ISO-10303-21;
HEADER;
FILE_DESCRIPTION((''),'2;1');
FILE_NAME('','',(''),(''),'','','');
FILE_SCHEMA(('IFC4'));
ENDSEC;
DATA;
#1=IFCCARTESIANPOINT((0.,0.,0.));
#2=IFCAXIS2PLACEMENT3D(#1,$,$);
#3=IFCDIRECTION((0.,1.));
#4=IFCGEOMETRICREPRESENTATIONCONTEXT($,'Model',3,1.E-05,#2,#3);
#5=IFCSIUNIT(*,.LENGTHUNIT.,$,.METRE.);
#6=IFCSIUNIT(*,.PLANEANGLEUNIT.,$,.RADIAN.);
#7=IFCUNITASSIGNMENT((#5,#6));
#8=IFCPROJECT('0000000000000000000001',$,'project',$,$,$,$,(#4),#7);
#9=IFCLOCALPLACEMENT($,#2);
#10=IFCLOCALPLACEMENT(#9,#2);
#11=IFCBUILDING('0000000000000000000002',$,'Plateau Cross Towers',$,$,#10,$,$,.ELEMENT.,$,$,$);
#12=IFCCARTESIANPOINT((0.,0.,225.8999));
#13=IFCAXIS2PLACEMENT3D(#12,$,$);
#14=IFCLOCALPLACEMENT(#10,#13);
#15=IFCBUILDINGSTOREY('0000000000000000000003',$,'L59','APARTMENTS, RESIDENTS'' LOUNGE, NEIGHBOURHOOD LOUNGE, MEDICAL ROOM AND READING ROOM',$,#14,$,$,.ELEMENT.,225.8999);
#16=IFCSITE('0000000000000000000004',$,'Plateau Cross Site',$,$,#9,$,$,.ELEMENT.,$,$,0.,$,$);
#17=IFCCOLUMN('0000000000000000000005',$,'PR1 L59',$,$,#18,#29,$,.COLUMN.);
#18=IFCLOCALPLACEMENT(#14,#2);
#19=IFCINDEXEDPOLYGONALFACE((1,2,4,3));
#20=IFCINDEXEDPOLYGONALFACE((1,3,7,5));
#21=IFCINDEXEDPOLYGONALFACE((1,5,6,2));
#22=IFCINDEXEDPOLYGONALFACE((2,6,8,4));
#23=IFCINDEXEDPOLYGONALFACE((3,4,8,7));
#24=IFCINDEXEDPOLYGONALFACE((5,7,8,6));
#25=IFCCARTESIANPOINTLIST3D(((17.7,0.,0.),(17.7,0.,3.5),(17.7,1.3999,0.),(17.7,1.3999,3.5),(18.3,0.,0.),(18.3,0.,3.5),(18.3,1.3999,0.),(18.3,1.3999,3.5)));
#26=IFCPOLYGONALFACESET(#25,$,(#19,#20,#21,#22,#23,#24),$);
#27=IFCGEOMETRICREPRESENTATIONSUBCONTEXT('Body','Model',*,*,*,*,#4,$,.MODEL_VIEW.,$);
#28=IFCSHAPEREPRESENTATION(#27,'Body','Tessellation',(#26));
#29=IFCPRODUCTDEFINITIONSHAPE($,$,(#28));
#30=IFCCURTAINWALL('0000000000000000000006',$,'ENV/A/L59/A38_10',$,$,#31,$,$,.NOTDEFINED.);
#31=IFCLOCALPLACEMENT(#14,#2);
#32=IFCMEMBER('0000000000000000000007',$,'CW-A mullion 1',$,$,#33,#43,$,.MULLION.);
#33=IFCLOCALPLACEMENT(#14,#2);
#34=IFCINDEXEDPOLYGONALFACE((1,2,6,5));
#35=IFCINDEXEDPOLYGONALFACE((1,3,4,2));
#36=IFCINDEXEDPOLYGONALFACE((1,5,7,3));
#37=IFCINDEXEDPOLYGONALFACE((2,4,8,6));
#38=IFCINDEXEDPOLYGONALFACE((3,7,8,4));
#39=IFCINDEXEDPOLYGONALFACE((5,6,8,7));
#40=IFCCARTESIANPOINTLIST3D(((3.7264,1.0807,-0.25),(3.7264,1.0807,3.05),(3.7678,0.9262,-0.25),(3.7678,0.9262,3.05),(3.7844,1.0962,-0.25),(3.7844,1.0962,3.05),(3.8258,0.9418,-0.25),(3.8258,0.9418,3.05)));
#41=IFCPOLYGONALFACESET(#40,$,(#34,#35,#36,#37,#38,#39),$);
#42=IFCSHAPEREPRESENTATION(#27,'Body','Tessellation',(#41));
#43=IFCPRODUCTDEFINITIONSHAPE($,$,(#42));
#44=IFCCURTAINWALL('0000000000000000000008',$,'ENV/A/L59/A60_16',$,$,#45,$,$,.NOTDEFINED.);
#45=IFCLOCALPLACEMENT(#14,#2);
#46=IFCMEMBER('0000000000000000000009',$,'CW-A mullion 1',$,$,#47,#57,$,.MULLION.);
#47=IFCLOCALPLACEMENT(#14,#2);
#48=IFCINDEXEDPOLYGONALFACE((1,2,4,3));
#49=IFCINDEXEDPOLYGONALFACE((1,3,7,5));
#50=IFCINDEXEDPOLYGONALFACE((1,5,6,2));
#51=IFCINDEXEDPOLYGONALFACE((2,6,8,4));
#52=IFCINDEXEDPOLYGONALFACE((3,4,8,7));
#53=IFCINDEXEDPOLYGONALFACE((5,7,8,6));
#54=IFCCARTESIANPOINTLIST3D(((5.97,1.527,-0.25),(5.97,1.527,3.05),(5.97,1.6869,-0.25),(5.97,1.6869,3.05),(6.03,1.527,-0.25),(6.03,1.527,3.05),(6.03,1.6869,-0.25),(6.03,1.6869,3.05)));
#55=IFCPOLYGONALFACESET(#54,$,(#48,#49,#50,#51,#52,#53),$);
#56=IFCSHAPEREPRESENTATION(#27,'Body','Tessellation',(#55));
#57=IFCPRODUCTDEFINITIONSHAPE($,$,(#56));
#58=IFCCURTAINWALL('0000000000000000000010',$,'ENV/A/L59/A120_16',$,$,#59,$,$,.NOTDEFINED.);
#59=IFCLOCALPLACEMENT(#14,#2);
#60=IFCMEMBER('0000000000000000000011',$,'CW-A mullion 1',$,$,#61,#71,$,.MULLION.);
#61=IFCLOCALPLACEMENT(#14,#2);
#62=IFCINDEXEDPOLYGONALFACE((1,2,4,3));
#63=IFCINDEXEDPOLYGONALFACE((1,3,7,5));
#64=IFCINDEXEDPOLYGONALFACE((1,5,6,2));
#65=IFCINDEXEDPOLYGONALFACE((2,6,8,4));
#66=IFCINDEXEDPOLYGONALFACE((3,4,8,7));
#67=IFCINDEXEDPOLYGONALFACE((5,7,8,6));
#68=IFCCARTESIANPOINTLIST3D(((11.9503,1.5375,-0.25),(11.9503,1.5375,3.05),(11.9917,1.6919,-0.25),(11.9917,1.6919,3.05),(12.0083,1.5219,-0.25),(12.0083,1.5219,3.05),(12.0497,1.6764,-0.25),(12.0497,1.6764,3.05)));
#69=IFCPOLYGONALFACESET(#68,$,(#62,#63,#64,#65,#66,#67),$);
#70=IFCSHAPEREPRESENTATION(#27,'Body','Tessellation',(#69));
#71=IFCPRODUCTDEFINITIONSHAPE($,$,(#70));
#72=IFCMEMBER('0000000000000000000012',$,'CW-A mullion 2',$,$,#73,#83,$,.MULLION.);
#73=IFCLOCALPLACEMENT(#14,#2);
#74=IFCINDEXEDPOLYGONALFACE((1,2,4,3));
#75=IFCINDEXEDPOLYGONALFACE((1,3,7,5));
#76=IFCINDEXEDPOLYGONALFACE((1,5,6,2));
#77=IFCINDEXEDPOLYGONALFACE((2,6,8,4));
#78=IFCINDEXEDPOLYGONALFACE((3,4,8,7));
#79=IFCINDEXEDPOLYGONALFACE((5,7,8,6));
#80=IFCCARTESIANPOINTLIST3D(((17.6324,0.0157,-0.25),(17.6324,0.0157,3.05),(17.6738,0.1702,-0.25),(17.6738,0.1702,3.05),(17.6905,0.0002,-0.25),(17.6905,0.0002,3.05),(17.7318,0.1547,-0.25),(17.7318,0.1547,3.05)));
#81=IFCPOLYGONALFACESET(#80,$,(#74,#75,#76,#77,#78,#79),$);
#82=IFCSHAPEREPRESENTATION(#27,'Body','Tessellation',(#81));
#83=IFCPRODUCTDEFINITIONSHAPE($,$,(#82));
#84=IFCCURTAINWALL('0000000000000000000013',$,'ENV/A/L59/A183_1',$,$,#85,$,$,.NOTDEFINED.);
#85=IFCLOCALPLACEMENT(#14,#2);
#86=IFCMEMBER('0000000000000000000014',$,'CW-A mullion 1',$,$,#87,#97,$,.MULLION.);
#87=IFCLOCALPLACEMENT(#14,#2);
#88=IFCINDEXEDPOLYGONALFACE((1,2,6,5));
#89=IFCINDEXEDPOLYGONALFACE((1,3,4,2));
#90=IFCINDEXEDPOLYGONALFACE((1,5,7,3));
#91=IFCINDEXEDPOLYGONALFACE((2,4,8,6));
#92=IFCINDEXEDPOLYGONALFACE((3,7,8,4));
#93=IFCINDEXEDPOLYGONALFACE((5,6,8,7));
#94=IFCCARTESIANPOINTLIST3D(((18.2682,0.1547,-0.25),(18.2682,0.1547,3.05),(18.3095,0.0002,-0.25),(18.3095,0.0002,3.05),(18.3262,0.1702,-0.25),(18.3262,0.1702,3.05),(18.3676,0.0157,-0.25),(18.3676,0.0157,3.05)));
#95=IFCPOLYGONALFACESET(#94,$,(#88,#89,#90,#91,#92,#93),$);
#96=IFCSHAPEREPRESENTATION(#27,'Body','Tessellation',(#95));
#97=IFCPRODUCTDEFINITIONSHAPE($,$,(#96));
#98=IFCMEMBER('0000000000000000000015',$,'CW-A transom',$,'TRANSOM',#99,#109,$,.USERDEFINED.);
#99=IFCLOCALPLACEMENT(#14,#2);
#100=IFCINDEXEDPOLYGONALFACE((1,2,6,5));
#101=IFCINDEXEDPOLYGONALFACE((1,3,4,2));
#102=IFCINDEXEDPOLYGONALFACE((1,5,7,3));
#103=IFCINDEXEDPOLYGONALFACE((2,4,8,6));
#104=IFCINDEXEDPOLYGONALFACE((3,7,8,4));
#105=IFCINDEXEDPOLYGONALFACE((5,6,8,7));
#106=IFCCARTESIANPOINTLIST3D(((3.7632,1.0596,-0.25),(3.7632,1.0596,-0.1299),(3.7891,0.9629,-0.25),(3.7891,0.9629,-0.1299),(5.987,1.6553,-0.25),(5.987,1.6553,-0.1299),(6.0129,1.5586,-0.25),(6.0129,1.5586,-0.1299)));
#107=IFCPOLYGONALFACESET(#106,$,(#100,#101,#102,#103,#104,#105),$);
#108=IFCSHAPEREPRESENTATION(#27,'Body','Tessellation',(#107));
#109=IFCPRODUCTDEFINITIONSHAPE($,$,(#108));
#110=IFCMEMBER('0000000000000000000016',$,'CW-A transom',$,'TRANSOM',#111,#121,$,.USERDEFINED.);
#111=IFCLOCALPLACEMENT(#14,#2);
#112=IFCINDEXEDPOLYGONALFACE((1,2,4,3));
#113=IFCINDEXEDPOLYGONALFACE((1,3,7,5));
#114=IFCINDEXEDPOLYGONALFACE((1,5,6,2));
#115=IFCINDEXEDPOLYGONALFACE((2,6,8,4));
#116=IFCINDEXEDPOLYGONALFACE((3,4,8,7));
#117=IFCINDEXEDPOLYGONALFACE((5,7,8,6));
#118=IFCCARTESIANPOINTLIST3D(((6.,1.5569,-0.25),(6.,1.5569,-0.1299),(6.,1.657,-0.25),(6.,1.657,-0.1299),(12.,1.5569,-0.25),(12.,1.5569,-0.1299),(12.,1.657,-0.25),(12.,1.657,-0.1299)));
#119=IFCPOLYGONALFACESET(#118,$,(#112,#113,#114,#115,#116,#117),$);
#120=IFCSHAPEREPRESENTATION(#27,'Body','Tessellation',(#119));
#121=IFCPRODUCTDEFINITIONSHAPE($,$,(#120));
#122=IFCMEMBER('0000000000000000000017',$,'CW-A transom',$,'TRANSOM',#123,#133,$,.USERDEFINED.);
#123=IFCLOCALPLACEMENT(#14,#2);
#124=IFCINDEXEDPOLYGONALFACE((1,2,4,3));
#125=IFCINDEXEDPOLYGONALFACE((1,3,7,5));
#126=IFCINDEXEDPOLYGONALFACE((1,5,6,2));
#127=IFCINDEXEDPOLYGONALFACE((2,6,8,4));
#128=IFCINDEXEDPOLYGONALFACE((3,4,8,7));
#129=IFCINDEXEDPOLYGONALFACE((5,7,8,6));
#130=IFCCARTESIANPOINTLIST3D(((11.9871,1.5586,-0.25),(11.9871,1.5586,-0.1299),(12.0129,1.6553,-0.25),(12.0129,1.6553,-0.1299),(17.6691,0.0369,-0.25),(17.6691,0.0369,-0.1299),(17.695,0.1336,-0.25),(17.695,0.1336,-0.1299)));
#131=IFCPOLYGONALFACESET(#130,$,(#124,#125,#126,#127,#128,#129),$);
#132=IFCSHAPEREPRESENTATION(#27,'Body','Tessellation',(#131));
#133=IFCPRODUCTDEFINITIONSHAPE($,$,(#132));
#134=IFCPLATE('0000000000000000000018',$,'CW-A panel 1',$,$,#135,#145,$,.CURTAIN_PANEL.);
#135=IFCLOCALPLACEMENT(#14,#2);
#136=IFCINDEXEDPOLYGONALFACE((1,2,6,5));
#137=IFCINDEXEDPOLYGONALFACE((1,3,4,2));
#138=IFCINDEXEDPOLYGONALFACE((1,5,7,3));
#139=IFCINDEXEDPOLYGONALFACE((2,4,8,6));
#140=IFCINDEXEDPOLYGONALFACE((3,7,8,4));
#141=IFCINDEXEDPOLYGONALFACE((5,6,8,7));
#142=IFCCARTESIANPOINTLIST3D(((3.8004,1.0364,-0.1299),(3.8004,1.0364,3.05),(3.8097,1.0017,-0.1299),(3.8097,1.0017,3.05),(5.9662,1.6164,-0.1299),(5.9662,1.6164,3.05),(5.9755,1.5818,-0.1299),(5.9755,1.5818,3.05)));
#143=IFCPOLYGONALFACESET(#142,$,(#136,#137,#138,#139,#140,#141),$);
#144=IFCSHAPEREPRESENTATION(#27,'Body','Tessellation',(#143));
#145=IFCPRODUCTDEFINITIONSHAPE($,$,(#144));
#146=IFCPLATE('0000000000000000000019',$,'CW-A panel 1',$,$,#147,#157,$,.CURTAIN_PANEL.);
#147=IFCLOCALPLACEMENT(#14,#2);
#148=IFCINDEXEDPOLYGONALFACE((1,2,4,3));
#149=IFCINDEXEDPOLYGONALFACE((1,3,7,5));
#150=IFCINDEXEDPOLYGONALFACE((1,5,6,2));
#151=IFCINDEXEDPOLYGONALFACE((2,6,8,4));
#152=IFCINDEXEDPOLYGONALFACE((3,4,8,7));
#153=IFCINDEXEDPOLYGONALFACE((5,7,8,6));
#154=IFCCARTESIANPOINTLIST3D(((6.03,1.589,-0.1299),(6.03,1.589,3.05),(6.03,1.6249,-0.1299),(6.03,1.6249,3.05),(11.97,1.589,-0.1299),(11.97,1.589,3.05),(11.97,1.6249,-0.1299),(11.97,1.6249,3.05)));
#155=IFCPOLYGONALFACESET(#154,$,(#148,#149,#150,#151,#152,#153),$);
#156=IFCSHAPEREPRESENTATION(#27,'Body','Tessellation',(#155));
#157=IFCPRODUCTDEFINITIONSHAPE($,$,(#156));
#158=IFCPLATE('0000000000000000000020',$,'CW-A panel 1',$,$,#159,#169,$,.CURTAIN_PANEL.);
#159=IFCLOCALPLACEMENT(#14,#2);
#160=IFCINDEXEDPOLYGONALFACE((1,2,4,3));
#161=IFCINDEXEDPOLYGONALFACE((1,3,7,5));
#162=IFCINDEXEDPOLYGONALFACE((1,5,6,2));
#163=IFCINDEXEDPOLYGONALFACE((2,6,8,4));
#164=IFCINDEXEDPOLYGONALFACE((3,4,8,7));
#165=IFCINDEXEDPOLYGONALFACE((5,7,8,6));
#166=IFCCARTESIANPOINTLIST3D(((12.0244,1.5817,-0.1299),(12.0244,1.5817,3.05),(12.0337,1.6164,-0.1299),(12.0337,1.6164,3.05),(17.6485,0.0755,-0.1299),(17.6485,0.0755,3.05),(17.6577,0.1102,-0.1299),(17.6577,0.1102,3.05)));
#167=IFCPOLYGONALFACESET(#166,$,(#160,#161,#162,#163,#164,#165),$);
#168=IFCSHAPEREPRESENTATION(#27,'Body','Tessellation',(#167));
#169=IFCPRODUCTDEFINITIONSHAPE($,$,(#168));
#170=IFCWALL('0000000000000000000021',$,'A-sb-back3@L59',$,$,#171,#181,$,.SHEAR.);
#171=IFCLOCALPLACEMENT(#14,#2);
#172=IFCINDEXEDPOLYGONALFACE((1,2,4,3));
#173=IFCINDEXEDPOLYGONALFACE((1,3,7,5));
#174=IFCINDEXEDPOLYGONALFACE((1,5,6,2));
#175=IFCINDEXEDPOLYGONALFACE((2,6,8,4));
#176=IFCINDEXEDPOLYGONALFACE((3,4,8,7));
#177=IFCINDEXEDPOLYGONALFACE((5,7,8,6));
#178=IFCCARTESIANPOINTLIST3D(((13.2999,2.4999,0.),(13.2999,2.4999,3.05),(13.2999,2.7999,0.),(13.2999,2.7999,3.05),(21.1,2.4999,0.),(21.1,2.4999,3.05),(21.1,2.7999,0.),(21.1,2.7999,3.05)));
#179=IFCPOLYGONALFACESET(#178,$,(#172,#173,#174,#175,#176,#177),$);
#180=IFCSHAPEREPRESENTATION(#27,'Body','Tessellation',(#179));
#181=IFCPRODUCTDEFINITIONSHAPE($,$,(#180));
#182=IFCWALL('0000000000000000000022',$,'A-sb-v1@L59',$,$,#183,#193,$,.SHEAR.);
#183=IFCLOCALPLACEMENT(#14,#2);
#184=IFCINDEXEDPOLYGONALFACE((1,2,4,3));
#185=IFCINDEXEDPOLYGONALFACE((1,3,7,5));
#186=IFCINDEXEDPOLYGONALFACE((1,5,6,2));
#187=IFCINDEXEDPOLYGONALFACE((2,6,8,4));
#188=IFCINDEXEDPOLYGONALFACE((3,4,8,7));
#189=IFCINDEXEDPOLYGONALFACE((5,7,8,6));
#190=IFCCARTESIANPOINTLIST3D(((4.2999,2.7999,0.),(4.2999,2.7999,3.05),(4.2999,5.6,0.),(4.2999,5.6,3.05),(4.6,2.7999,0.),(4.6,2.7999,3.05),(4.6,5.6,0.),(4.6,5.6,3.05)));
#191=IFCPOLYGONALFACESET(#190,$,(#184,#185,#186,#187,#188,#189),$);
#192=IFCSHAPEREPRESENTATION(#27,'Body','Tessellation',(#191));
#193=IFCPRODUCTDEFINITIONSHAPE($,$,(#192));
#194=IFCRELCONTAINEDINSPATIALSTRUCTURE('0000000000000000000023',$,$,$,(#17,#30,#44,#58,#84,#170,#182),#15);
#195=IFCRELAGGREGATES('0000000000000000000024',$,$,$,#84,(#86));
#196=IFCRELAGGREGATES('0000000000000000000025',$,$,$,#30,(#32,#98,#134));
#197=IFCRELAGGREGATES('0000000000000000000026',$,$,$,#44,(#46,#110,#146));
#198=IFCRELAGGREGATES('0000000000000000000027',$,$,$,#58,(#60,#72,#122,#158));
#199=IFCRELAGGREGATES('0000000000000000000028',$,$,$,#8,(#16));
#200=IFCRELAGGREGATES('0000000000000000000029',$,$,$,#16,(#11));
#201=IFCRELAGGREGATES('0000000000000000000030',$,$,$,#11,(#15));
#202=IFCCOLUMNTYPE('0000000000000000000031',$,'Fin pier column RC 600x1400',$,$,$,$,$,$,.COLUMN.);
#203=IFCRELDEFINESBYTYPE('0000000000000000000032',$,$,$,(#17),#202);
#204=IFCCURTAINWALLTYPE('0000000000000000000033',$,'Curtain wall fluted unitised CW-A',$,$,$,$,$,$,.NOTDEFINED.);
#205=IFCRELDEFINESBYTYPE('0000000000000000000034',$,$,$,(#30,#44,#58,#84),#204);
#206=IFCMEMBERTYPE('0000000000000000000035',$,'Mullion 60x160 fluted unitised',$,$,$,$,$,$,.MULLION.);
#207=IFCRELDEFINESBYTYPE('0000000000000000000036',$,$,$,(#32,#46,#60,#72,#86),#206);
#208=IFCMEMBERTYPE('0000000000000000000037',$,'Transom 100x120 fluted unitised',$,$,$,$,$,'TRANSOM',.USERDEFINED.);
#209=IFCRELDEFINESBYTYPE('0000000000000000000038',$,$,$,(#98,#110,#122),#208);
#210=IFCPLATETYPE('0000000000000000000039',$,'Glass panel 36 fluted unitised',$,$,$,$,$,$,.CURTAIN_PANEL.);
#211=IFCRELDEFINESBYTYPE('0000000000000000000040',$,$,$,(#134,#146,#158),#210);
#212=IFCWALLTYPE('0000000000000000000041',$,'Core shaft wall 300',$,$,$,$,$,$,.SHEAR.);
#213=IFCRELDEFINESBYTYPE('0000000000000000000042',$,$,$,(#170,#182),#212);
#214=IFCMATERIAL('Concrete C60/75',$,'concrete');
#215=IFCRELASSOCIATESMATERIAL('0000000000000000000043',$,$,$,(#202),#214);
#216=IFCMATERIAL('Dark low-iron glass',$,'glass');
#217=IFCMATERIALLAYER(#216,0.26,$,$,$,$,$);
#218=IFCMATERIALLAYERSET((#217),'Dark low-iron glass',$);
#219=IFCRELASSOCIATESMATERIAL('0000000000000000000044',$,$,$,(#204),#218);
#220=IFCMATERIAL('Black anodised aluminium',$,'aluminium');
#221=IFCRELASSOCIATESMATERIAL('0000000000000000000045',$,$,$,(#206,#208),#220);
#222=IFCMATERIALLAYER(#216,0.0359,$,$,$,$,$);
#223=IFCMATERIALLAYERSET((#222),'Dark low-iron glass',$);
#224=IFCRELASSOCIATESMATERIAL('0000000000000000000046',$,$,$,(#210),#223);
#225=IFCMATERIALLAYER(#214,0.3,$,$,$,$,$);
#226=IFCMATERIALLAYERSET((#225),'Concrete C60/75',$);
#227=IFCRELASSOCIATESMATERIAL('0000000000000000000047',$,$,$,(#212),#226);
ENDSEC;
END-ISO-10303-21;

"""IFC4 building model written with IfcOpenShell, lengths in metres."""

from ifc_helpers import new_model, si_unit, direction, frame, frame_2d, origin, origin_2d, place, context, subcontext, project, spatial, rectangle, extrude, material, layer, layer_set, material_profile, profile_set, type_object, element, aggregate, save


model = new_model("IFC4")

# Units and contexts
model_context = context("Model", 3, precision=1e-05, world=origin(), true_north=direction((0.0, 1.0)))
body_context = subcontext(model_context, "Body", "Model", "MODEL_VIEW")
ifc_project = project(units=[si_unit("LENGTHUNIT", "METRE"), si_unit("PLANEANGLEUNIT", "RADIAN")], contexts=[model_context])

# Site, building, storey
site_placement = place(None, origin())
site = spatial("IfcSite", under=ifc_project, at=site_placement, Name="Plateau Cross Site", CompositionType="ELEMENT", RefElevation=0.0)
building_placement = place(site_placement, origin())
building = spatial("IfcBuilding", under=site, at=building_placement, Name="Plateau Cross Towers", CompositionType="ELEMENT")
storey_placement = place(building_placement, frame((0.0, 0.0, 225.8999)))
storey = spatial("IfcBuildingStorey", under=building, at=storey_placement, Name="L59", Description="APARTMENTS, RESIDENTS' LOUNGE, NEIGHBOURHOOD LOUNGE, MEDICAL ROOM AND READING ROOM", CompositionType="ELEMENT", Elevation=225.8999)

# Column
ifc_material_1 = material(Name="Concrete C60/75", Category="concrete")
ifc_material_profile_1 = material_profile(ifc_material_1, rectangle(XDim=0.6001, YDim=1.3999, at=origin_2d()), Name="RC 600x1400")
ifc_profile_set_1 = profile_set([ifc_material_profile_1], Name="Concrete C60/75")
column_type = type_object("IfcColumnType", Name="Fin pier column RC 600x1400", PredefinedType="COLUMN", material=ifc_profile_set_1)
column_placement = place(storey_placement, frame((18.0, 0.7, 0.0), z_axis=(0.0, 0.0, 1.0), x_axis=(1.0, 0.0, 0.0)))
element("IfcColumn", 1, at=column_placement, inside=storey, type_object=column_type, Name="PR1 L59", PredefinedType="COLUMN", context=body_context, shape_type="SweptSolid", body=[
    extrude(rectangle(XDim=0.6001, YDim=1.3999, at=origin_2d()), origin(), (0.0, 0.0, 1.0), 3.5),
])

# Curtain walls, members
ifc_material_2 = material(Name="Dark low-iron glass", Category="glass")
ifc_layer_1 = layer(ifc_material_2, 0.26)
ifc_layer_set_1 = layer_set([ifc_layer_1], Name="Dark low-iron glass")
curtain_wall_type = type_object("IfcCurtainWallType", Name="Curtain wall fluted unitised CW-A", PredefinedType="NOTDEFINED", material=ifc_layer_set_1)
curtain_wall_1_placement = place(storey_placement, origin())
curtain_wall_1 = element("IfcCurtainWall", 2, at=curtain_wall_1_placement, inside=storey, type_object=curtain_wall_type, Name="ENV/A/L59/A38_10", PredefinedType="NOTDEFINED")
ifc_material_3 = material(Name="Black anodised aluminium", Category="aluminium")
ifc_material_profile_2 = material_profile(ifc_material_3, rectangle(XDim=0.0601, YDim=0.1599, at=origin_2d()), Name="MULLION 60x160")
ifc_profile_set_2 = profile_set([ifc_material_profile_2], Name="Black anodised aluminium")
member_type_1 = type_object("IfcMemberType", Name="Mullion 60x160 fluted unitised", PredefinedType="MULLION", material=ifc_profile_set_2)
member_1_placement = place(storey_placement, frame((3.7761, 1.0112, -0.25), z_axis=(0.0, 0.0, 1.0), x_axis=(0.965958, 0.258699, 0.0)))
member_1 = element("IfcMember", 3, at=member_1_placement, type_object=member_type_1, Name="CW-A mullion 1", PredefinedType="MULLION", context=body_context, shape_type="SweptSolid", body=[
    extrude(rectangle(XDim=0.0601, YDim=0.1599, at=origin_2d()), origin(), (0.0, 0.0, 1.0), 3.3),
])
curtain_wall_2_placement = place(storey_placement, origin())
curtain_wall_2 = element("IfcCurtainWall", 4, at=curtain_wall_2_placement, inside=storey, type_object=curtain_wall_type, Name="ENV/A/L59/A60_16", PredefinedType="NOTDEFINED")
member_2_placement = place(storey_placement, frame((6.0, 1.6069, -0.25), z_axis=(0.0, 0.0, 1.0), x_axis=(1.0, 0.0, 0.0)))
member_2 = element("IfcMember", 5, at=member_2_placement, type_object=member_type_1, Name="CW-A mullion 1", PredefinedType="MULLION", context=body_context, shape_type="SweptSolid", body=[
    extrude(rectangle(XDim=0.0601, YDim=0.1599, at=origin_2d()), origin(), (0.0, 0.0, 1.0), 3.3),
])

# Curtain wall, members
curtain_wall_3_placement = place(storey_placement, origin())
curtain_wall_3 = element("IfcCurtainWall", 6, at=curtain_wall_3_placement, inside=storey, type_object=curtain_wall_type, Name="ENV/A/L59/A120_16", PredefinedType="NOTDEFINED")
member_3_placement = place(storey_placement, frame((12.0, 1.6069, -0.25), z_axis=(0.0, 0.0, 1.0), x_axis=(0.965958, -0.258699, 0.0)))
member_3 = element("IfcMember", 7, at=member_3_placement, type_object=member_type_1, Name="CW-A mullion 1", PredefinedType="MULLION", context=body_context, shape_type="SweptSolid", body=[
    extrude(rectangle(XDim=0.0601, YDim=0.1599, at=origin_2d()), origin(), (0.0, 0.0, 1.0), 3.3),
])
member_4_placement = place(storey_placement, frame((17.6821, 0.0852, -0.25), z_axis=(0.0, 0.0, 1.0), x_axis=(0.965958, -0.258699, 0.0)))
member_4 = element("IfcMember", 8, at=member_4_placement, type_object=member_type_1, Name="CW-A mullion 2", PredefinedType="MULLION", context=body_context, shape_type="SweptSolid", body=[
    extrude(rectangle(XDim=0.0601, YDim=0.1599, at=origin_2d()), origin(), (0.0, 0.0, 1.0), 3.3),
])

# Curtain wall, member
curtain_wall_4_placement = place(storey_placement, origin())
curtain_wall_4 = element("IfcCurtainWall", 9, at=curtain_wall_4_placement, inside=storey, type_object=curtain_wall_type, Name="ENV/A/L59/A183_1", PredefinedType="NOTDEFINED")
member_5_placement = place(storey_placement, frame((18.3179, 0.0852, -0.25), z_axis=(0.0, 0.0, 1.0), x_axis=(0.965958, 0.258699, 0.0)))
member_5 = element("IfcMember", 10, at=member_5_placement, type_object=member_type_1, Name="CW-A mullion 1", PredefinedType="MULLION", context=body_context, shape_type="SweptSolid", body=[
    extrude(rectangle(XDim=0.0601, YDim=0.1599, at=origin_2d()), origin(), (0.0, 0.0, 1.0), 3.3),
])
aggregate(curtain_wall_4, [member_5])

# Members
ifc_material_profile_3 = material_profile(ifc_material_3, rectangle(XDim=0.1001, YDim=0.1201, at=origin_2d()), Name="TRANSOM 100x120")
ifc_profile_set_3 = profile_set([ifc_material_profile_3], Name="Black anodised aluminium")
member_type_2 = type_object("IfcMemberType", Name="Transom 100x120 fluted unitised", ElementType="TRANSOM", PredefinedType="USERDEFINED", material=ifc_profile_set_3)
member_6_placement = place(storey_placement, frame((3.7761, 1.0112, -0.1899), z_axis=(0.965946, 0.258745, 0.0), x_axis=(-0.258745, 0.965946, 0.0)))
member_6 = element("IfcMember", 11, at=member_6_placement, type_object=member_type_2, Name="CW-A transom", ObjectType="TRANSOM", PredefinedType="USERDEFINED", context=body_context, shape_type="SweptSolid", body=[
    extrude(rectangle(XDim=0.1001, YDim=0.1201, at=origin_2d()), origin(), (0.0, 0.0, 1.0), 2.3022),
])
member_7_placement = place(storey_placement, frame((6.0, 1.6069, -0.1899), z_axis=(1.0, 0.0, 0.0), x_axis=(0.0, 1.0, 0.0)))
member_7 = element("IfcMember", 12, at=member_7_placement, type_object=member_type_2, Name="CW-A transom", ObjectType="TRANSOM", PredefinedType="USERDEFINED", context=body_context, shape_type="SweptSolid", body=[
    extrude(rectangle(XDim=0.1001, YDim=0.1201, at=origin_2d()), origin(), (0.0, 0.0, 1.0), 6.0),
])
member_8_placement = place(storey_placement, frame((12.0, 1.6069, -0.1899), z_axis=(0.96596, -0.258693, 0.0), x_axis=(0.258693, 0.96596, 0.0)))
member_8 = element("IfcMember", 13, at=member_8_placement, type_object=member_type_2, Name="CW-A transom", ObjectType="TRANSOM", PredefinedType="USERDEFINED", context=body_context, shape_type="SweptSolid", body=[
    extrude(rectangle(XDim=0.1001, YDim=0.1201, at=origin_2d()), origin(), (0.0, 0.0, 1.0), 5.8823),
])

# Plates
ifc_layer_2 = layer(ifc_material_2, 0.0359)
ifc_layer_set_2 = layer_set([ifc_layer_2], Name="Dark low-iron glass")
plate_type = type_object("IfcPlateType", Name="Glass panel 36 fluted unitised", PredefinedType="CURTAIN_PANEL", material=ifc_layer_set_2)
plate_1_placement = place(storey_placement, frame((4.8879, 1.3091, -0.1299), z_axis=(0.0, 0.0, 1.0), x_axis=(0.965958, 0.258699, 0.0)))
plate_1 = element("IfcPlate", 14, at=plate_1_placement, type_object=plate_type, Name="CW-A panel 1", PredefinedType="CURTAIN_PANEL", context=body_context, shape_type="SweptSolid", body=[
    extrude(rectangle(XDim=2.2422, YDim=0.0359, at=origin_2d()), origin(), (0.0, 0.0, 1.0), 3.1799),
])
aggregate(curtain_wall_1, [member_1, member_6, plate_1])
plate_2_placement = place(storey_placement, frame((9.0, 1.6069, -0.1299), z_axis=(0.0, 0.0, 1.0), x_axis=(1.0, 0.0, 0.0)))
plate_2 = element("IfcPlate", 15, at=plate_2_placement, type_object=plate_type, Name="CW-A panel 1", PredefinedType="CURTAIN_PANEL", context=body_context, shape_type="SweptSolid", body=[
    extrude(rectangle(XDim=5.9399, YDim=0.0359, at=origin_2d()), origin(), (0.0, 0.0, 1.0), 3.1799),
])
aggregate(curtain_wall_2, [member_2, member_7, plate_2])
plate_3_placement = place(storey_placement, frame((14.8411, 0.8459, -0.1299), z_axis=(0.0, 0.0, 1.0), x_axis=(0.965958, -0.258699, 0.0)))
plate_3 = element("IfcPlate", 16, at=plate_3_placement, type_object=plate_type, Name="CW-A panel 1", PredefinedType="CURTAIN_PANEL", context=body_context, shape_type="SweptSolid", body=[
    extrude(rectangle(XDim=5.8223, YDim=0.0359, at=origin_2d()), origin(), (0.0, 0.0, 1.0), 3.1799),
])
aggregate(curtain_wall_3, [member_3, member_4, member_8, plate_3])

# Walls
ifc_layer_3 = layer(ifc_material_1, 0.3)
ifc_layer_set_3 = layer_set([ifc_layer_3], Name="Concrete C60/75")
wall_type_1 = type_object("IfcWallType", Name="Core shaft wall 300", PredefinedType="SHEAR", material=ifc_layer_set_3)
wall_1_placement = place(storey_placement, frame((13.3, 2.6499, 0.0), z_axis=(0.0, 0.0, 1.0), x_axis=(1.0, 0.0, 0.0)))
element("IfcWall", 17, at=wall_1_placement, inside=storey, type_object=wall_type_1, Name="A-sb-back3@L59", PredefinedType="SHEAR", context=body_context, shape_type="SweptSolid", body=[
    extrude(rectangle(XDim=7.8, YDim=0.3, at=frame_2d((3.8999, 0.0))), origin(), (0.0, 0.0, 1.0), 3.05),
])
for number, where, z_axis, x_axis, name in (
    (18, (4.45, 2.8, 0.0), (0.0, 0.0, 1.0), (0.0, 1.0, 0.0), "A-sb-v1@L59"),
):
    element("IfcWall", number, at=place(storey_placement, frame(where, z_axis=z_axis, x_axis=x_axis)), inside=storey, type_object=wall_type_1, Name=name, PredefinedType="SHEAR", context=body_context, shape_type="SweptSolid", body=[
        extrude(rectangle(XDim=2.8, YDim=0.3, at=frame_2d((1.3999, 0.0))), origin(), (0.0, 0.0, 1.0), 3.05),
    ])

save(model, "model.ifc")
